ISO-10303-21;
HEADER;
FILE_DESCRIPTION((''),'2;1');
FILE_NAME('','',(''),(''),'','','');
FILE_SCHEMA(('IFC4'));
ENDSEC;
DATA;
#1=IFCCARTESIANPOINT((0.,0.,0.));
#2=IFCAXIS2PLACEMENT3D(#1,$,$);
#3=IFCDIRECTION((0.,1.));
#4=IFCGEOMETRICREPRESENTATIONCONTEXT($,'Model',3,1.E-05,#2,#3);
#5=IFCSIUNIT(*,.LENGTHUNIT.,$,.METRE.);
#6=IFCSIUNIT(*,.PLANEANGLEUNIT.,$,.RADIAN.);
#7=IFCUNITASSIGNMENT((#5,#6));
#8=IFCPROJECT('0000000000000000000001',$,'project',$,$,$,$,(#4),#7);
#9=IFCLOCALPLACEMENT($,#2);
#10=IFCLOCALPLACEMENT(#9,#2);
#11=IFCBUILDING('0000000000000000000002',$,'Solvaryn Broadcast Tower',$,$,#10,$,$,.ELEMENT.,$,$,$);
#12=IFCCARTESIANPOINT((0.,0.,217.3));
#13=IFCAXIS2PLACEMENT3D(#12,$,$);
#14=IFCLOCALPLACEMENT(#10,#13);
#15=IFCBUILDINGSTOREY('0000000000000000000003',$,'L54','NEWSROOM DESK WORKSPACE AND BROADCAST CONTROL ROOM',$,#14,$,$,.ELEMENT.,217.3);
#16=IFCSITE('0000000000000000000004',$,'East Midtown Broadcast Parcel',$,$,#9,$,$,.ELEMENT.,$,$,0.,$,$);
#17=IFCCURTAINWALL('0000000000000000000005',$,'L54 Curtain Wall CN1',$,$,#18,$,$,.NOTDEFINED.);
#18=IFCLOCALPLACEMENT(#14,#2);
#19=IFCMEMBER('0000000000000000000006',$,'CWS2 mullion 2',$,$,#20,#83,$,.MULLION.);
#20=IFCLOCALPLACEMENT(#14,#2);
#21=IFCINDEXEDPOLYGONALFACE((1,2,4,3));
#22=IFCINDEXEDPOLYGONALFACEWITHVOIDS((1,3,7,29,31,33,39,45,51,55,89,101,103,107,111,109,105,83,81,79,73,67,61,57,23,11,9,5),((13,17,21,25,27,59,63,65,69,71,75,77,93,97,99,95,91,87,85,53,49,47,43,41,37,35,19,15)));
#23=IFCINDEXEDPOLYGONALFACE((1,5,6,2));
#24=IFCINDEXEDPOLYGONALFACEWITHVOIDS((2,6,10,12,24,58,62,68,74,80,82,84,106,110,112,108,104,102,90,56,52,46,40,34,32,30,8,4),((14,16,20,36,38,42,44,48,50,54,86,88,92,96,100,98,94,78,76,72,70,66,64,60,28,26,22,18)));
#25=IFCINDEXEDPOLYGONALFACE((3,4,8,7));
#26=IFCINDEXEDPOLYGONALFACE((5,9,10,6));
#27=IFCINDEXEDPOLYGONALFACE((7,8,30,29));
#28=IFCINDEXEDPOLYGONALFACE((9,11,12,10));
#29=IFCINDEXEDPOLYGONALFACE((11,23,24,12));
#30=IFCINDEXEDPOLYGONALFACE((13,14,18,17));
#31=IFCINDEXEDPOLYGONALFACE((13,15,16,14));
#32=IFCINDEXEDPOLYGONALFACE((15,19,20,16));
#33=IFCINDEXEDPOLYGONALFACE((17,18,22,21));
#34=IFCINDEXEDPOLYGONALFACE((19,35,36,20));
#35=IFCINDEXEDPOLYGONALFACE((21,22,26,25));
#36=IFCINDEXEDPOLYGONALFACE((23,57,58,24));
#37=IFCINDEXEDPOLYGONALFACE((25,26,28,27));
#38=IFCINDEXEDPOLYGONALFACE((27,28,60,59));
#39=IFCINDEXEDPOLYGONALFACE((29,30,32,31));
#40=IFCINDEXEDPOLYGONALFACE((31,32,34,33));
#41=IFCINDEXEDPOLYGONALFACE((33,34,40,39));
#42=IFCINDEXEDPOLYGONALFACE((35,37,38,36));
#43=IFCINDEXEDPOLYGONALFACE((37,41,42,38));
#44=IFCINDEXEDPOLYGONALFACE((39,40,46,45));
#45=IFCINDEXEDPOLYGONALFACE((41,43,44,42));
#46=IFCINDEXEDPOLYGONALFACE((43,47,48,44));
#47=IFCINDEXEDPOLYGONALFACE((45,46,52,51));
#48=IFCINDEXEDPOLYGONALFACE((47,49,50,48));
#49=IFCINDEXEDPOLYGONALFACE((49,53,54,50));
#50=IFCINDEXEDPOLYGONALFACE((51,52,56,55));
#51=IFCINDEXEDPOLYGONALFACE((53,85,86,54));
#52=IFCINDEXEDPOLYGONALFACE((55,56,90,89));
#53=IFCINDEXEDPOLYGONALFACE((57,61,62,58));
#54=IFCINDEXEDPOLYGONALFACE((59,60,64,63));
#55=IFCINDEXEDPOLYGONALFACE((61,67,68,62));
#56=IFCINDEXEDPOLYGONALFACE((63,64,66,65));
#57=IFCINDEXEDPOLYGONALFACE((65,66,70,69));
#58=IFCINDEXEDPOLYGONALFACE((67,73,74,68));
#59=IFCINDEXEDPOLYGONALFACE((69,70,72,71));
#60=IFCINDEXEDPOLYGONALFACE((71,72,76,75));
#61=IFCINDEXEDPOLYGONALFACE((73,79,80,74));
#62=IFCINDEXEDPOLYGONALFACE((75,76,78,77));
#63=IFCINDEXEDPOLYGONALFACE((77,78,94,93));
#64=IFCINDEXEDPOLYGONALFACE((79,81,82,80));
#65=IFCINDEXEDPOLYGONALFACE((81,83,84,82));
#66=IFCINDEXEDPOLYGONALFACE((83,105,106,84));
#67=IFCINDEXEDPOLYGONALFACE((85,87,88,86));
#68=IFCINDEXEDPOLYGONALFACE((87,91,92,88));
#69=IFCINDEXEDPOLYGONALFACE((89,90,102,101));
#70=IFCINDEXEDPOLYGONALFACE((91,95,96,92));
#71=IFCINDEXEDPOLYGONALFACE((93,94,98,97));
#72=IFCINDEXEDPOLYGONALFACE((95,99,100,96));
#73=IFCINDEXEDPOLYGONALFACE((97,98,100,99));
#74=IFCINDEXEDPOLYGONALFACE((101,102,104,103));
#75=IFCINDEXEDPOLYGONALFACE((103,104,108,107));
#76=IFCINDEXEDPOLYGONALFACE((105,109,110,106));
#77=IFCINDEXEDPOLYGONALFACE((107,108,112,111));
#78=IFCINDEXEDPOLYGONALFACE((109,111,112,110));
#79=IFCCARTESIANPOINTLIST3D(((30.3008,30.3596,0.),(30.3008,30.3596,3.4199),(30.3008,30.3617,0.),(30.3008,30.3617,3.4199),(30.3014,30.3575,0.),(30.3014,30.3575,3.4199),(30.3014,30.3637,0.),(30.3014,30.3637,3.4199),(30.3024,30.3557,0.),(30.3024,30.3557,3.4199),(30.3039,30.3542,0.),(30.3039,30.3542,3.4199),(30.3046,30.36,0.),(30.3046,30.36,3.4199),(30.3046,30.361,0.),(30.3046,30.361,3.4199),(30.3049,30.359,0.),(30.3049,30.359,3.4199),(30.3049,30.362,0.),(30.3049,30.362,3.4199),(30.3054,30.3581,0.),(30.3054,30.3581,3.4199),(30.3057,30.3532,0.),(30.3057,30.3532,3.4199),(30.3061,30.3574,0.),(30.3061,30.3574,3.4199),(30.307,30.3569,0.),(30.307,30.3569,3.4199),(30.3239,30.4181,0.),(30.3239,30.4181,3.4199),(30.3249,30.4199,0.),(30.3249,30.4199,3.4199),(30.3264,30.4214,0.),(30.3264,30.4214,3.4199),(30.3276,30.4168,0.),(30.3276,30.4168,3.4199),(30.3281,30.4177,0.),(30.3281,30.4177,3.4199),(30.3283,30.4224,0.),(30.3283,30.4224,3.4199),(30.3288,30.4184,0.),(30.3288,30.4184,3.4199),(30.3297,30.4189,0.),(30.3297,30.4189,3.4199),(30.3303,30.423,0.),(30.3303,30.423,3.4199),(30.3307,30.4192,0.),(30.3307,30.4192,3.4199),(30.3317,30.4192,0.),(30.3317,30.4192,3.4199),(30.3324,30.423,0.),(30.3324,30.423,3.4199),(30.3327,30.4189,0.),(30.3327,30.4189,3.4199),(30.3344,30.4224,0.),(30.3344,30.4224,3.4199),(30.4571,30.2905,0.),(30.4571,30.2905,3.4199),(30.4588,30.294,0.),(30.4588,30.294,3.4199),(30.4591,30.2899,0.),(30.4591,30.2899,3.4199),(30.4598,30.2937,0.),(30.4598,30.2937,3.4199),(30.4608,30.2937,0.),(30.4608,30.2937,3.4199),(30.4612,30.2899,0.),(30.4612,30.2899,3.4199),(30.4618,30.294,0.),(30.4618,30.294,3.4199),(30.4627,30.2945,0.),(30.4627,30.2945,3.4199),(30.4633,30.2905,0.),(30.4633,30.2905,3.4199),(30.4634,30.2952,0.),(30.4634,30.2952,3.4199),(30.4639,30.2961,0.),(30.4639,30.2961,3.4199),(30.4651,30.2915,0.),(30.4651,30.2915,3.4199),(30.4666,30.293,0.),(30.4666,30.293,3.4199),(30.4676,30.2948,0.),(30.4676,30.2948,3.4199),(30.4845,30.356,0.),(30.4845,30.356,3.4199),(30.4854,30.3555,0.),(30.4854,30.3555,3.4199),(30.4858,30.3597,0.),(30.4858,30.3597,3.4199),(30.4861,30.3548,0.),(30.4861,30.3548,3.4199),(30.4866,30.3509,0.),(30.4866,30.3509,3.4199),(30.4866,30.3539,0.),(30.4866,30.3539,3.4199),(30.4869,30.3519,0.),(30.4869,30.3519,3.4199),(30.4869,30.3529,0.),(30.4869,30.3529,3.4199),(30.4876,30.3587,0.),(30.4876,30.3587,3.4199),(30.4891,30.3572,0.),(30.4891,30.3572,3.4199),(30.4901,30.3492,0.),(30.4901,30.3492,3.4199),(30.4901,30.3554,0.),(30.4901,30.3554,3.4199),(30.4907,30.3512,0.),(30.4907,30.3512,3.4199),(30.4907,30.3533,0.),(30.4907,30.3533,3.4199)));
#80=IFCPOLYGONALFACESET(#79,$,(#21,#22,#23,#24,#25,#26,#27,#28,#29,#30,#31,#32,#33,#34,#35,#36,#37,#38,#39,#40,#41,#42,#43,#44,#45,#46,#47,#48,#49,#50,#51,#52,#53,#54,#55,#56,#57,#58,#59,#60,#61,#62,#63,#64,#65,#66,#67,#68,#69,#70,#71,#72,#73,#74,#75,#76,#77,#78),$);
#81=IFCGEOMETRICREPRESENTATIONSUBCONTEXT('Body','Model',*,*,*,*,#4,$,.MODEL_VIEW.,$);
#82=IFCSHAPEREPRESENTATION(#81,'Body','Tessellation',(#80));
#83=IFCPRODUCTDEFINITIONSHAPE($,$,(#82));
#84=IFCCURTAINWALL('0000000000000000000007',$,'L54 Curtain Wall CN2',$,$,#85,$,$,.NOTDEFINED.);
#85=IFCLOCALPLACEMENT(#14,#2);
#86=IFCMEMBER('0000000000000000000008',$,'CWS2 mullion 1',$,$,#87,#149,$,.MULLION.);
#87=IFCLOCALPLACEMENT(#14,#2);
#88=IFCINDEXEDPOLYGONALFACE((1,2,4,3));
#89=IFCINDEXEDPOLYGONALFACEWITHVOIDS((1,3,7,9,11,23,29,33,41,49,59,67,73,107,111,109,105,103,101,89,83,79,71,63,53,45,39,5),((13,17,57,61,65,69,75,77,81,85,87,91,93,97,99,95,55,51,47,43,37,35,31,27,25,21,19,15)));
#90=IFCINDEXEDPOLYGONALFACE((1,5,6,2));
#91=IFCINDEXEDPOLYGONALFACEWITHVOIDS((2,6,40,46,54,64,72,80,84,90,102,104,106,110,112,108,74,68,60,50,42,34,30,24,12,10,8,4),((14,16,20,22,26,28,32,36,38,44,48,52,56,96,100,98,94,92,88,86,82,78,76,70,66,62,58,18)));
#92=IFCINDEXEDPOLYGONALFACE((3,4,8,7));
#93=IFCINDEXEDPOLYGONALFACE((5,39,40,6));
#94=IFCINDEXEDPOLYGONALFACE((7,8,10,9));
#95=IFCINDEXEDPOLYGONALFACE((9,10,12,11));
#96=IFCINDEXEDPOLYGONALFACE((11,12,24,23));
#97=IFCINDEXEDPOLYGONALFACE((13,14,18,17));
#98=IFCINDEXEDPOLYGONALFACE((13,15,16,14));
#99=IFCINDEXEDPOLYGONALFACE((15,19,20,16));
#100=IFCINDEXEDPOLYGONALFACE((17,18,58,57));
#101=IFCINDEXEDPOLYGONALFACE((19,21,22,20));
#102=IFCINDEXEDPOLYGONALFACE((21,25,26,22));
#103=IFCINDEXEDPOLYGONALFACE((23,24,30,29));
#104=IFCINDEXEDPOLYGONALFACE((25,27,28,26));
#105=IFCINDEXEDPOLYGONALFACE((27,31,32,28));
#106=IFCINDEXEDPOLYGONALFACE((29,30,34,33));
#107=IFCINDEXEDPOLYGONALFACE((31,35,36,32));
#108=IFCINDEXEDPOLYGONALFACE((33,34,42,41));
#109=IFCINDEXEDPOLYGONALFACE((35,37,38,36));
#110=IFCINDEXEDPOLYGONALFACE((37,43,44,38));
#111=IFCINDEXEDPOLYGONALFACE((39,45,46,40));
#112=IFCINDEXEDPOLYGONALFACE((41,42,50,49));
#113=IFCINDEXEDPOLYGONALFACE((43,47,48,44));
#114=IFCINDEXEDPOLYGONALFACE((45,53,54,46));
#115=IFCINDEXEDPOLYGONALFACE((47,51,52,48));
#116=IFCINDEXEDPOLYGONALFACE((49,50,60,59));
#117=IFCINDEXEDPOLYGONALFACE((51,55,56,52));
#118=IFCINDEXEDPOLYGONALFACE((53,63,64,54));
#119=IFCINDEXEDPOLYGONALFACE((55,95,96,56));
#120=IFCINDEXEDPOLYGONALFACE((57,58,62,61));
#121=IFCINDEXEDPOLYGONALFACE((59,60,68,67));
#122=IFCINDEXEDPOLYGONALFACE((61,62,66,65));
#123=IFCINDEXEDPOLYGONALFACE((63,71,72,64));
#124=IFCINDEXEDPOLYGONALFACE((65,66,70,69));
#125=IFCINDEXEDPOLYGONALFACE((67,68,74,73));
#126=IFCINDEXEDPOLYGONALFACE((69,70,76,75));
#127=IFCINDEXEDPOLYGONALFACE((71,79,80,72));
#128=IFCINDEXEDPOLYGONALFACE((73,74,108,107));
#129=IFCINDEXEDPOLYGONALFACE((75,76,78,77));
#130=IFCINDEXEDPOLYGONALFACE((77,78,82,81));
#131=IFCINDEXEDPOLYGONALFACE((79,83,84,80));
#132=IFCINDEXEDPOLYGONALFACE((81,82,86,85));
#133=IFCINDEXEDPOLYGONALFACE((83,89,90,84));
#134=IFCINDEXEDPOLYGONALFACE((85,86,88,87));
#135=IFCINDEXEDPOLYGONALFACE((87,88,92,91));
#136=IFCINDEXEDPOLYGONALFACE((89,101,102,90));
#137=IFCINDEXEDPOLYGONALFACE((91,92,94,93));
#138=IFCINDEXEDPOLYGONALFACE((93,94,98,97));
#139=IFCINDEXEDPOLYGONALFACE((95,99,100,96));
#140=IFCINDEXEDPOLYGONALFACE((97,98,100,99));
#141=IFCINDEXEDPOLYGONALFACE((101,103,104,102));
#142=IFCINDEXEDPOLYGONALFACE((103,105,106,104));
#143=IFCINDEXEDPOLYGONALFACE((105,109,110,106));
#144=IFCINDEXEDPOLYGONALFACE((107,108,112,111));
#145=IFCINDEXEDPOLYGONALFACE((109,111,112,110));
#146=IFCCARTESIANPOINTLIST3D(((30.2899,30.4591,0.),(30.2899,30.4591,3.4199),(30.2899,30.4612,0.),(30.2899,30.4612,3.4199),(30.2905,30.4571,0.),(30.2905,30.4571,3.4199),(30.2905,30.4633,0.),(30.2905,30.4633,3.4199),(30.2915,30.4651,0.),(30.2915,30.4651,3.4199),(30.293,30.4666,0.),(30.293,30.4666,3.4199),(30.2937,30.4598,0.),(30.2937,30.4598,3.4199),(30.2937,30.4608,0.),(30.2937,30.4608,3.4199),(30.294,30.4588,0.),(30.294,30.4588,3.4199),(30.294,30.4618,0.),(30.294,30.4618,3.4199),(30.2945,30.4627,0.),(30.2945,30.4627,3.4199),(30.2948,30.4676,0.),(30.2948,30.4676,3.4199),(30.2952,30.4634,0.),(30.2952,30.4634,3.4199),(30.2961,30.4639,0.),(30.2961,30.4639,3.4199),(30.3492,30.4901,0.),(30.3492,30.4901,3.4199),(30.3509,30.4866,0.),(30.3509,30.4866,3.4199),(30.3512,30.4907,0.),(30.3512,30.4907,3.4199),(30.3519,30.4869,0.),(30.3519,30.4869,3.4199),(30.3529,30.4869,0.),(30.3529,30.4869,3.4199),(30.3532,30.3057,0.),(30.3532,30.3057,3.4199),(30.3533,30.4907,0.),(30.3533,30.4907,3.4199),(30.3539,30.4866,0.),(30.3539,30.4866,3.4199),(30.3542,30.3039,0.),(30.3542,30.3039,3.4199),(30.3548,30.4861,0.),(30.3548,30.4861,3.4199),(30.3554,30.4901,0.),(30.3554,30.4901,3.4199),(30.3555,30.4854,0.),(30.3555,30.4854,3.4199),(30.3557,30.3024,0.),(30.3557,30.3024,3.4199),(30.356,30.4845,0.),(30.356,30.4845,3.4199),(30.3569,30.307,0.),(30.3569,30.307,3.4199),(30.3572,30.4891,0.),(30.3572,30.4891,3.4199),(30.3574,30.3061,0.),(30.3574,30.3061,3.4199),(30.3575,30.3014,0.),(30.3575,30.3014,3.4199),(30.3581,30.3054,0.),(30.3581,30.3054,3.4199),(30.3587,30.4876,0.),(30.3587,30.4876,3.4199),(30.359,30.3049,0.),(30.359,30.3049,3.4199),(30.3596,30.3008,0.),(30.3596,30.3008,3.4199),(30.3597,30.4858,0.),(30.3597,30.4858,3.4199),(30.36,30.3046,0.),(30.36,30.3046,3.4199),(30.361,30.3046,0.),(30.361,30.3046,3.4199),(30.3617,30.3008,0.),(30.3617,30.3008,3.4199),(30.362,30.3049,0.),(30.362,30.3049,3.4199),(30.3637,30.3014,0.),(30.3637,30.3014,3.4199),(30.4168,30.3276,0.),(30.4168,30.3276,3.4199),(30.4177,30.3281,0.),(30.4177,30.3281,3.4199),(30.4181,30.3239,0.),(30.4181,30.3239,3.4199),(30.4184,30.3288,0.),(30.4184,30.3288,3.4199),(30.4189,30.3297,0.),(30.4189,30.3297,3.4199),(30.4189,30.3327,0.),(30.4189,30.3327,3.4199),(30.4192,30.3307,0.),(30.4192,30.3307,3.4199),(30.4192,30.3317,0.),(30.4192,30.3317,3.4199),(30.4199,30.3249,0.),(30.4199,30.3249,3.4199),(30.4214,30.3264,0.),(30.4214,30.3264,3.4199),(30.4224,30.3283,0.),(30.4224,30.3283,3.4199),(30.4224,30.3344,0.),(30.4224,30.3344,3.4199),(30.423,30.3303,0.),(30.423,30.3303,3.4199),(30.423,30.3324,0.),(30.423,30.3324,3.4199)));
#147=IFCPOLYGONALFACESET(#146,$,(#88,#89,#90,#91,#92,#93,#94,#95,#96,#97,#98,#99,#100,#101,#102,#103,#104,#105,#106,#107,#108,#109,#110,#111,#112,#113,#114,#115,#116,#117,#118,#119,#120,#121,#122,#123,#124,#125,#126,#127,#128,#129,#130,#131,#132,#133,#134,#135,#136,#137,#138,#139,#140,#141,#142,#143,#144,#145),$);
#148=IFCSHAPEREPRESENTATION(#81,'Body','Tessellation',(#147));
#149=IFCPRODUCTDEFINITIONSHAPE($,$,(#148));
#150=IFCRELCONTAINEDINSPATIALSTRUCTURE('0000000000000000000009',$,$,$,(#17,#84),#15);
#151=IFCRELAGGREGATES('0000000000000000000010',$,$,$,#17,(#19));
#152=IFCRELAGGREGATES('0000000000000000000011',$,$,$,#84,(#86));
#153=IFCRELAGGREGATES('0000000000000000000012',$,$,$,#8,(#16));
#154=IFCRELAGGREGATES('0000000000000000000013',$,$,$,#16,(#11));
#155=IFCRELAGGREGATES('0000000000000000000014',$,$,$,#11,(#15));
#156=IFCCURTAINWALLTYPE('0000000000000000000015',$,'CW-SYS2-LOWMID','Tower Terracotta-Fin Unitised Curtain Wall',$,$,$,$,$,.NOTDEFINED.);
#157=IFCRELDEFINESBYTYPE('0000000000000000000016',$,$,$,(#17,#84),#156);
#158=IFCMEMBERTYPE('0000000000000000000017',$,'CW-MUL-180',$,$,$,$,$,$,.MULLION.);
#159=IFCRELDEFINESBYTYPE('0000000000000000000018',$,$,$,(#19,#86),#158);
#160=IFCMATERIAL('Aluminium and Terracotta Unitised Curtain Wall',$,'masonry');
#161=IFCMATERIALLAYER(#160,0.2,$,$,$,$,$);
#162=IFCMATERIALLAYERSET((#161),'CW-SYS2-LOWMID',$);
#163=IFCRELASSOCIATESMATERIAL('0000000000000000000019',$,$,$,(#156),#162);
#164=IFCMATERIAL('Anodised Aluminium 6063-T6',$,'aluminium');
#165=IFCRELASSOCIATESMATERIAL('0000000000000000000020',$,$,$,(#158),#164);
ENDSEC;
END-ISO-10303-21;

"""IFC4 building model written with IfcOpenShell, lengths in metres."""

from ifc_helpers import new_model, si_unit, direction, frame, origin, origin_2d, place, context, subcontext, project, spatial, hollow_rectangle, extrude, material, layer, layer_set, material_profile, profile_set, type_object, element, aggregate, save


model = new_model("IFC4")

# Units and contexts
model_context = context("Model", 3, precision=1e-05, world=origin(), true_north=direction((0.0, 1.0)))
body_context = subcontext(model_context, "Body", "Model", "MODEL_VIEW")
ifc_project = project(units=[si_unit("LENGTHUNIT", "METRE"), si_unit("PLANEANGLEUNIT", "RADIAN")], contexts=[model_context])

# Site, building, storey
site_placement = place(None, origin())
site = spatial("IfcSite", under=ifc_project, at=site_placement, Name="East Midtown Broadcast Parcel", CompositionType="ELEMENT", RefElevation=0.0)
building_placement = place(site_placement, origin())
building = spatial("IfcBuilding", under=site, at=building_placement, Name="Solvaryn Broadcast Tower", CompositionType="ELEMENT")
storey_placement = place(building_placement, frame((0.0, 0.0, 217.3)))
storey = spatial("IfcBuildingStorey", under=building, at=storey_placement, Name="L54", Description="NEWSROOM DESK WORKSPACE AND BROADCAST CONTROL ROOM", CompositionType="ELEMENT", Elevation=217.3)

# Curtain wall, member
ifc_material_1 = material(Name="Aluminium and Terracotta Unitised Curtain Wall", Category="masonry")
ifc_layer_1 = layer(ifc_material_1, 0.2)
ifc_layer_set_1 = layer_set([ifc_layer_1], Name="CW-SYS2-LOWMID")
curtain_wall_type = type_object("IfcCurtainWallType", Name="CW-SYS2-LOWMID", Description="Tower Terracotta-Fin Unitised Curtain Wall", PredefinedType="NOTDEFINED", material=ifc_layer_set_1)
curtain_wall_1_placement = place(storey_placement, origin())
curtain_wall_1 = element("IfcCurtainWall", 1, at=curtain_wall_1_placement, inside=storey, type_object=curtain_wall_type, Name="L54 Curtain Wall CN1", PredefinedType="NOTDEFINED")
ifc_material_2 = material(Name="Anodised Aluminium 6063-T6", Category="aluminium")
ifc_material_profile_1 = material_profile(ifc_material_2, hollow_rectangle(XDim=0.075, YDim=0.1799, WallThickness=0.0039, InnerFilletRadius=0.0039, OuterFilletRadius=0.0081, at=origin_2d()))
ifc_profile_set_1 = profile_set([ifc_material_profile_1], Name="Anodised Aluminium 6063-T6")
member_type_1 = type_object("IfcMemberType", Name="CW-MUL-180", PredefinedType="MULLION", material=ifc_profile_set_1)
member_1_placement = place(storey_placement, frame((30.3958, 30.3564, 0.0), z_axis=(0.0, 0.0, 1.0), x_axis=(-0.382646, -0.923895, 0.0)))
member_1 = element("IfcMember", 2, at=member_1_placement, type_object=member_type_1, Name="CWS2 mullion 2", PredefinedType="MULLION", context=body_context, shape_type="SweptSolid", body=[
    extrude(hollow_rectangle(XDim=0.075, YDim=0.1799, WallThickness=0.0039, InnerFilletRadius=0.0039, OuterFilletRadius=0.0081, at=origin_2d()), origin(), (0.0, 0.0, 1.0), 3.4199),
])

# Curtain wall, member
curtain_wall_2_placement = place(storey_placement, origin())
curtain_wall_2 = element("IfcCurtainWall", 3, at=curtain_wall_2_placement, inside=storey, type_object=curtain_wall_type, Name="L54 Curtain Wall CN2", PredefinedType="NOTDEFINED")
member_2_placement = place(storey_placement, frame((30.3564, 30.3958, 0.0), z_axis=(0.0, 0.0, 1.0), x_axis=(-0.923895, -0.382646, 0.0)))
member_2 = element("IfcMember", 4, at=member_2_placement, type_object=member_type_1, Name="CWS2 mullion 1", PredefinedType="MULLION", context=body_context, shape_type="SweptSolid", body=[
    extrude(hollow_rectangle(XDim=0.075, YDim=0.1799, WallThickness=0.0039, InnerFilletRadius=0.0039, OuterFilletRadius=0.0081, at=origin_2d()), origin(), (0.0, 0.0, 1.0), 3.4199),
])

aggregate(curtain_wall_1, [member_1])
aggregate(curtain_wall_2, [member_2])

save(model, "model.ifc")
